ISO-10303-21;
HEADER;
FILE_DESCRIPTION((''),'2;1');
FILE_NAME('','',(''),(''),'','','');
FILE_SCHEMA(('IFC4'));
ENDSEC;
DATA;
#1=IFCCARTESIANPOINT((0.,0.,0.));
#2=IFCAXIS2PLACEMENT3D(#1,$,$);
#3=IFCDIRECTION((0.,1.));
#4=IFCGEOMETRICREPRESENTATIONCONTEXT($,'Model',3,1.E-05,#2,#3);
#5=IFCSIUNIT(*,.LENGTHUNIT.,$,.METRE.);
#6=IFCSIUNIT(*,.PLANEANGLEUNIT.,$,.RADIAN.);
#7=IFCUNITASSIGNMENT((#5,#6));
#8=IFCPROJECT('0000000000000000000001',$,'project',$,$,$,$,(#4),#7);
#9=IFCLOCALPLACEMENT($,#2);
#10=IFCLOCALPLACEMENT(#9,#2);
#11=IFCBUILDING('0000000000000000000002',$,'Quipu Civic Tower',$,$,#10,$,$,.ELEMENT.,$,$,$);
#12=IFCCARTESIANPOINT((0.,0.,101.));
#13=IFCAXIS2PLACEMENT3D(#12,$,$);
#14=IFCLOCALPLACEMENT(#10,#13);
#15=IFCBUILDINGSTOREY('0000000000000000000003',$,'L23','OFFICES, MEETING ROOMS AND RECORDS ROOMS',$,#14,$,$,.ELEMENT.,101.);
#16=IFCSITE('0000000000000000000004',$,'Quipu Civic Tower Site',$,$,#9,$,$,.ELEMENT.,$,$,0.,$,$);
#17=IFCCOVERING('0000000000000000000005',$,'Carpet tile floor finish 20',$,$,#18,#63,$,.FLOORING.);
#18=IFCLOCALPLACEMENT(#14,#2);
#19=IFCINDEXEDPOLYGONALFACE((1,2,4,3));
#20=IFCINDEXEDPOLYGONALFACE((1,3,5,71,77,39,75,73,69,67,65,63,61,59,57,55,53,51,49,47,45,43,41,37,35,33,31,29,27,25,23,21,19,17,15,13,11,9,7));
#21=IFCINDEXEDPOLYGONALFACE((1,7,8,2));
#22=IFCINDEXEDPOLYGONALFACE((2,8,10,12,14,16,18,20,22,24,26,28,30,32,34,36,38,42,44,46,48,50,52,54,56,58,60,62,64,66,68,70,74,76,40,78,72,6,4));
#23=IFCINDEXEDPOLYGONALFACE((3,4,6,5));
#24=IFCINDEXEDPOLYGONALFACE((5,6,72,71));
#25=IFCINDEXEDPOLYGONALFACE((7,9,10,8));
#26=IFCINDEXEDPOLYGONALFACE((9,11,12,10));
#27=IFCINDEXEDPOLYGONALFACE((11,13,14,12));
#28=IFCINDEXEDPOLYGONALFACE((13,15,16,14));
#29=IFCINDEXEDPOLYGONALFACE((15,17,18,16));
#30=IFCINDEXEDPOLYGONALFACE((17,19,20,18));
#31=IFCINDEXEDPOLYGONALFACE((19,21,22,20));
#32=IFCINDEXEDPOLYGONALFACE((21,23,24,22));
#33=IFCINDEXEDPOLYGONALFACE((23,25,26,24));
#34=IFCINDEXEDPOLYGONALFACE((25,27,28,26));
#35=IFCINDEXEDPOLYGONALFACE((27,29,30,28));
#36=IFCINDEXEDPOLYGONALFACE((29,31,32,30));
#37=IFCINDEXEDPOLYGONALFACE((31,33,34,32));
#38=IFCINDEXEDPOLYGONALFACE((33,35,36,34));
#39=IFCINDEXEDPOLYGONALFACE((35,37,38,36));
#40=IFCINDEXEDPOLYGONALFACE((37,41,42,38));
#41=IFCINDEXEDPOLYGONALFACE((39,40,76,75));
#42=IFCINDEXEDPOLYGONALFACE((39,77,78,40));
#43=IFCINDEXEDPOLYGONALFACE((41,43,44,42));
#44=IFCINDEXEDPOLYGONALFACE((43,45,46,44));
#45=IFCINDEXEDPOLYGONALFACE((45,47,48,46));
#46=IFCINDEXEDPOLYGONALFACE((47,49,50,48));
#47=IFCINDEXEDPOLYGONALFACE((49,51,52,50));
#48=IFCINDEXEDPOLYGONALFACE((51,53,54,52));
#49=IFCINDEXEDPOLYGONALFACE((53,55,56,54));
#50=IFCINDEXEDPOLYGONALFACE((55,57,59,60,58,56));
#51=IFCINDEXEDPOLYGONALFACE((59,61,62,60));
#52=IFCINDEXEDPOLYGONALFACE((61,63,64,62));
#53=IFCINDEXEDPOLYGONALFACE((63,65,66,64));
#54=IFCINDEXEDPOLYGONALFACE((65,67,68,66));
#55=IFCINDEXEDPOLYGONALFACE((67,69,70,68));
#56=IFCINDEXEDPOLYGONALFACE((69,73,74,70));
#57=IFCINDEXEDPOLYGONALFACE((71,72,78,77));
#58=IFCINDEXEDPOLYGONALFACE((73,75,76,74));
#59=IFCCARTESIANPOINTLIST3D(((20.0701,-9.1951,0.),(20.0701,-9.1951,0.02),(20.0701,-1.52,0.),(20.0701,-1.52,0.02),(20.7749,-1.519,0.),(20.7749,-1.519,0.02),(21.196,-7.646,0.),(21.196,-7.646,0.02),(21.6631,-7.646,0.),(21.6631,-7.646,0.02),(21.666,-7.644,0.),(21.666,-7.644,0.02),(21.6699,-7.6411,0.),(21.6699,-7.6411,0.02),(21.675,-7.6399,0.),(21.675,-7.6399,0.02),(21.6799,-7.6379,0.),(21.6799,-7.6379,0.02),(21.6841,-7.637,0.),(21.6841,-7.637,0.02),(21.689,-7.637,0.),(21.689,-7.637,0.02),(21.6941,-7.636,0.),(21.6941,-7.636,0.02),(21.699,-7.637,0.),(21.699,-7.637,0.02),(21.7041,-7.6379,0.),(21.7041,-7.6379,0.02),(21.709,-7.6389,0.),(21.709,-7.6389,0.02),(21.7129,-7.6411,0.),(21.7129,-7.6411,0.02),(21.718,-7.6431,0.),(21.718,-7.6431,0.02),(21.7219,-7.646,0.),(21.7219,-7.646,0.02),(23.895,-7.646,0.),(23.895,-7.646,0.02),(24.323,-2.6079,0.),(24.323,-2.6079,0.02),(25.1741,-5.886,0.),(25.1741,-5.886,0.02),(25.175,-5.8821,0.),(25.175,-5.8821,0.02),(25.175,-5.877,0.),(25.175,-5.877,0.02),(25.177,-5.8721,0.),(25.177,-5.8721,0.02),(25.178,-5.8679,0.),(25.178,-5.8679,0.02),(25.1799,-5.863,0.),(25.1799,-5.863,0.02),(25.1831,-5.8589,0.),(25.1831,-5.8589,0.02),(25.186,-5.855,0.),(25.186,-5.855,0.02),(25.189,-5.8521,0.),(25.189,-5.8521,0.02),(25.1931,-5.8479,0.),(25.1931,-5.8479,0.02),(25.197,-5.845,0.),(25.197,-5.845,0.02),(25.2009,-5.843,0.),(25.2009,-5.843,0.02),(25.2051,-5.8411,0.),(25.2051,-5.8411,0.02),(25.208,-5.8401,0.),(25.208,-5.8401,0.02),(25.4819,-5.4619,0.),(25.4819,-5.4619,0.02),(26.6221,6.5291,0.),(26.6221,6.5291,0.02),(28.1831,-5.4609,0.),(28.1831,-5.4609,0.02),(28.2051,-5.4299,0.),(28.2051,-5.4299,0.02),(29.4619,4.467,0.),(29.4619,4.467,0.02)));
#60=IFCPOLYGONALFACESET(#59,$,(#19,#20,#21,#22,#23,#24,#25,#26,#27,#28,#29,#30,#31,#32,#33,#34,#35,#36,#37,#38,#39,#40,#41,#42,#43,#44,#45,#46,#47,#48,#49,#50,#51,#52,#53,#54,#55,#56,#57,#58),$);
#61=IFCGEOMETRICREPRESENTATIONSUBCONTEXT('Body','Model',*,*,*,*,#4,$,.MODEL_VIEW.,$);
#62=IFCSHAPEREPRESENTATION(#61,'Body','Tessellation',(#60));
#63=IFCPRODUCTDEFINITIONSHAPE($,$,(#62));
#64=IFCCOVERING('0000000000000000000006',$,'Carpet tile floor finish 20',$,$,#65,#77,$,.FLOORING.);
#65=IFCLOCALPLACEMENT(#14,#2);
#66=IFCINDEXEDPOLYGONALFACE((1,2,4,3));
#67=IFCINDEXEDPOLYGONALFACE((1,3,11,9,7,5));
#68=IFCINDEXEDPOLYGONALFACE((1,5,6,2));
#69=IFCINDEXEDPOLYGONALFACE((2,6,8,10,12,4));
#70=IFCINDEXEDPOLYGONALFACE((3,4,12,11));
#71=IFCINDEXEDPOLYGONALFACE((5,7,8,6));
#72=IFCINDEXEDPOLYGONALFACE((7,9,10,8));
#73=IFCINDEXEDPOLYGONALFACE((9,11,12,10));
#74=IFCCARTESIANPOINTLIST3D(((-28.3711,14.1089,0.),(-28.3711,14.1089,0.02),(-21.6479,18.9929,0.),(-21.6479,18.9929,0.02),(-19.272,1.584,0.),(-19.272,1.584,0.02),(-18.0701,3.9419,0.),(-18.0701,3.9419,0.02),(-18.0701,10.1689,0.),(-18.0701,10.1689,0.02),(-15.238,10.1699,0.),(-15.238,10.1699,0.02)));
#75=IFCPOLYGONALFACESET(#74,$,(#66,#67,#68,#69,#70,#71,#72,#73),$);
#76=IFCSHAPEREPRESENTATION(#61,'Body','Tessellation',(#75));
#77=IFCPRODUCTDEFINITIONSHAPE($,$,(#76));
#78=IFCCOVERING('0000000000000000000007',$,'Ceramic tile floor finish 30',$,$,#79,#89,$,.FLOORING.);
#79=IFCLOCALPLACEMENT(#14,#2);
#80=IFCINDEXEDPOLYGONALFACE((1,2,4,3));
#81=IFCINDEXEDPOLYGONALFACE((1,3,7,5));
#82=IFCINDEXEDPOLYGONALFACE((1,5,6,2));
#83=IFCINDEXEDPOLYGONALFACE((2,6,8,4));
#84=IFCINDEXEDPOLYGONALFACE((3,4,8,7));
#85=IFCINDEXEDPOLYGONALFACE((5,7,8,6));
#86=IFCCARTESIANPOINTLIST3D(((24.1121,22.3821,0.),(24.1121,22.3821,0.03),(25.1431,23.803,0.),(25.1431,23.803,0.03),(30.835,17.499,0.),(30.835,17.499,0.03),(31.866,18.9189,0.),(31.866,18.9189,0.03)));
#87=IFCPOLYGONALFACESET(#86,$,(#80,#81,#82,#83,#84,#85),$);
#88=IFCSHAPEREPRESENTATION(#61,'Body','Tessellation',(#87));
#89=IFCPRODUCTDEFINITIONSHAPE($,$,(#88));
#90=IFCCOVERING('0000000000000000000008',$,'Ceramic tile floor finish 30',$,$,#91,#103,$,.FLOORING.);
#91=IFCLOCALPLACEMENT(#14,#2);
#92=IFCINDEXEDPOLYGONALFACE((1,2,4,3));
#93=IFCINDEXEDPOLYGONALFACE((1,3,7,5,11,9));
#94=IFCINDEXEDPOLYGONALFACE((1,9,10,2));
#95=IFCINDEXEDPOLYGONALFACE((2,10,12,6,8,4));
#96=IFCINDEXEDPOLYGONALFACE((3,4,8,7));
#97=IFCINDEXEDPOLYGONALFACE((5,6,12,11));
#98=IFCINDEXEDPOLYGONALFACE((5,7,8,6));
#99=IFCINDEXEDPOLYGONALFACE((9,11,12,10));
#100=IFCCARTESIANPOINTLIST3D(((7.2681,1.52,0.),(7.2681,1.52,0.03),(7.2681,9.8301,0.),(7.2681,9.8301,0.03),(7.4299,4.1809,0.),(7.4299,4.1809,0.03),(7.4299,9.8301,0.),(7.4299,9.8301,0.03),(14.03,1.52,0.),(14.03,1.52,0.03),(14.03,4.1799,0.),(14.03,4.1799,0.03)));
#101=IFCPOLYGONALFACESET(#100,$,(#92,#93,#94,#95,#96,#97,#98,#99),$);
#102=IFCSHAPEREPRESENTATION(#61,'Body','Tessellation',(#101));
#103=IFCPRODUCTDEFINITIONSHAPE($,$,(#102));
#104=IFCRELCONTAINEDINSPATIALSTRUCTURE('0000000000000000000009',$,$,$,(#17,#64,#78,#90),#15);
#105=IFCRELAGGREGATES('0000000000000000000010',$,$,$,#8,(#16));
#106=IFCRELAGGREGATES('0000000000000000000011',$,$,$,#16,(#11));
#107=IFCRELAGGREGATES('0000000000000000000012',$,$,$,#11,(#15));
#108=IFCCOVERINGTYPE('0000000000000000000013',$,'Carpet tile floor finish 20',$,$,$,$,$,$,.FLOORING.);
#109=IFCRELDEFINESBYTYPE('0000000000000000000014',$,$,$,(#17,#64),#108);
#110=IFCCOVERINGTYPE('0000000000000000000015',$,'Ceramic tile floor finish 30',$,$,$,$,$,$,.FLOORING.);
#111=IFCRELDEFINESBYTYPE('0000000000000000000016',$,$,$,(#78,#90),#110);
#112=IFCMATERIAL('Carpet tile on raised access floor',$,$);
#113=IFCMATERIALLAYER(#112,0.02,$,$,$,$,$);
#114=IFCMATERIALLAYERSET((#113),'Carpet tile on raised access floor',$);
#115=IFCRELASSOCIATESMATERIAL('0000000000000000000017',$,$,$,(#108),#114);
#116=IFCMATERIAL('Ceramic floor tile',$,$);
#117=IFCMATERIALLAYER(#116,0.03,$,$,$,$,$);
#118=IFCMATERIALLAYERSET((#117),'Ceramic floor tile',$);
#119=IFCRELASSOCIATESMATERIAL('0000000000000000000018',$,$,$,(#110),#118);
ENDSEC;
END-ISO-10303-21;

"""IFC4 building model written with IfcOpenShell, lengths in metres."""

from ifc_helpers import new_model, si_unit, direction, frame, origin, place, context, subcontext, project, spatial, polyline, outline, extrude, material, layer, layer_set, type_object, element, save


model = new_model("IFC4")

# Units and contexts
model_context = context("Model", 3, precision=1e-05, world=origin(), true_north=direction((0.0, 1.0)))
body_context = subcontext(model_context, "Body", "Model", "MODEL_VIEW")
ifc_project = project(units=[si_unit("LENGTHUNIT", "METRE"), si_unit("PLANEANGLEUNIT", "RADIAN")], contexts=[model_context])

# Site, building, storey
site_placement = place(None, origin())
site = spatial("IfcSite", under=ifc_project, at=site_placement, Name="Quipu Civic Tower Site", CompositionType="ELEMENT", RefElevation=0.0)
building_placement = place(site_placement, origin())
building = spatial("IfcBuilding", under=site, at=building_placement, Name="Quipu Civic Tower", CompositionType="ELEMENT")
storey_placement = place(building_placement, frame((0.0, 0.0, 101.0)))
storey = spatial("IfcBuildingStorey", under=building, at=storey_placement, Name="L23", Description="OFFICES, MEETING ROOMS AND RECORDS ROOMS", CompositionType="ELEMENT", Elevation=101.0)

# Coverings
ifc_material_1 = material(Name="Carpet tile on raised access floor")
ifc_layer_1 = layer(ifc_material_1, 0.02)
ifc_layer_set_1 = layer_set([ifc_layer_1], Name="Carpet tile on raised access floor")
covering_type_1 = type_object("IfcCoveringType", Name="Carpet tile floor finish 20", PredefinedType="FLOORING", material=ifc_layer_set_1)
covering_1_placement = place(storey_placement, origin())
element("IfcCovering", 1, at=covering_1_placement, inside=storey, type_object=covering_type_1, Name="Carpet tile floor finish 20", PredefinedType="FLOORING", context=body_context, shape_type="SweptSolid", body=[
    extrude(outline(polyline([(20.0701, -9.1951), (20.0701, -1.52), (20.7749, -1.519), (26.6221, 6.5291), (29.4619, 4.467), (24.323, -2.6079), (28.2051, -5.4299), (28.1831, -5.4609), (25.4819, -5.4619), (25.208, -5.8401), (25.2051, -5.8411), (25.2009, -5.843), (25.197, -5.845), (25.1931, -5.8479), (25.189, -5.8521), (25.186, -5.855), (25.1831, -5.8589), (25.1799, -5.863), (25.178, -5.8679), (25.177, -5.8721), (25.175, -5.877), (25.175, -5.8821), (25.1741, -5.886), (23.895, -7.646), (21.7219, -7.646), (21.7219, -7.646), (21.718, -7.6431), (21.7129, -7.6411), (21.709, -7.6389), (21.7041, -7.6379), (21.699, -7.637), (21.6941, -7.636), (21.689, -7.637), (21.6841, -7.637), (21.6799, -7.6379), (21.675, -7.6399), (21.6699, -7.6411), (21.666, -7.644), (21.6631, -7.646), (21.196, -7.646), (20.0701, -9.1951)])), origin(), (0.0, 0.0, 1.0), 0.02),
])
covering_2_placement = place(storey_placement, origin())
element("IfcCovering", 2, at=covering_2_placement, inside=storey, type_object=covering_type_1, Name="Carpet tile floor finish 20", PredefinedType="FLOORING", context=body_context, shape_type="SweptSolid", body=[
    extrude(outline(polyline([(-28.3711, 14.1089), (-21.6479, 18.9929), (-15.238, 10.1699), (-18.0701, 10.1689), (-18.0701, 3.9419), (-19.272, 1.584), (-28.3711, 14.1089)])), origin(), (0.0, 0.0, 1.0), 0.02),
])
ifc_material_2 = material(Name="Ceramic floor tile")
ifc_layer_2 = layer(ifc_material_2, 0.03)
ifc_layer_set_2 = layer_set([ifc_layer_2], Name="Ceramic floor tile")
covering_type_2 = type_object("IfcCoveringType", Name="Ceramic tile floor finish 30", PredefinedType="FLOORING", material=ifc_layer_set_2)
covering_3_placement = place(storey_placement, origin())
element("IfcCovering", 3, at=covering_3_placement, inside=storey, type_object=covering_type_2, Name="Ceramic tile floor finish 30", PredefinedType="FLOORING", context=body_context, shape_type="SweptSolid", body=[
    extrude(outline(polyline([(24.1121, 22.3821), (25.1431, 23.803), (31.866, 18.9189), (30.835, 17.499), (24.1121, 22.3821)])), origin(), (0.0, 0.0, 1.0), 0.03),
])
covering_4_placement = place(storey_placement, origin())
element("IfcCovering", 4, at=covering_4_placement, inside=storey, type_object=covering_type_2, Name="Ceramic tile floor finish 30", PredefinedType="FLOORING", context=body_context, shape_type="SweptSolid", body=[
    extrude(outline(polyline([(7.2681, 1.52), (7.2681, 9.8301), (7.4299, 9.8301), (7.4299, 4.1809), (14.03, 4.1799), (14.03, 1.52), (7.2681, 1.52)])), origin(), (0.0, 0.0, 1.0), 0.03),
])

save(model, "model.ifc")
